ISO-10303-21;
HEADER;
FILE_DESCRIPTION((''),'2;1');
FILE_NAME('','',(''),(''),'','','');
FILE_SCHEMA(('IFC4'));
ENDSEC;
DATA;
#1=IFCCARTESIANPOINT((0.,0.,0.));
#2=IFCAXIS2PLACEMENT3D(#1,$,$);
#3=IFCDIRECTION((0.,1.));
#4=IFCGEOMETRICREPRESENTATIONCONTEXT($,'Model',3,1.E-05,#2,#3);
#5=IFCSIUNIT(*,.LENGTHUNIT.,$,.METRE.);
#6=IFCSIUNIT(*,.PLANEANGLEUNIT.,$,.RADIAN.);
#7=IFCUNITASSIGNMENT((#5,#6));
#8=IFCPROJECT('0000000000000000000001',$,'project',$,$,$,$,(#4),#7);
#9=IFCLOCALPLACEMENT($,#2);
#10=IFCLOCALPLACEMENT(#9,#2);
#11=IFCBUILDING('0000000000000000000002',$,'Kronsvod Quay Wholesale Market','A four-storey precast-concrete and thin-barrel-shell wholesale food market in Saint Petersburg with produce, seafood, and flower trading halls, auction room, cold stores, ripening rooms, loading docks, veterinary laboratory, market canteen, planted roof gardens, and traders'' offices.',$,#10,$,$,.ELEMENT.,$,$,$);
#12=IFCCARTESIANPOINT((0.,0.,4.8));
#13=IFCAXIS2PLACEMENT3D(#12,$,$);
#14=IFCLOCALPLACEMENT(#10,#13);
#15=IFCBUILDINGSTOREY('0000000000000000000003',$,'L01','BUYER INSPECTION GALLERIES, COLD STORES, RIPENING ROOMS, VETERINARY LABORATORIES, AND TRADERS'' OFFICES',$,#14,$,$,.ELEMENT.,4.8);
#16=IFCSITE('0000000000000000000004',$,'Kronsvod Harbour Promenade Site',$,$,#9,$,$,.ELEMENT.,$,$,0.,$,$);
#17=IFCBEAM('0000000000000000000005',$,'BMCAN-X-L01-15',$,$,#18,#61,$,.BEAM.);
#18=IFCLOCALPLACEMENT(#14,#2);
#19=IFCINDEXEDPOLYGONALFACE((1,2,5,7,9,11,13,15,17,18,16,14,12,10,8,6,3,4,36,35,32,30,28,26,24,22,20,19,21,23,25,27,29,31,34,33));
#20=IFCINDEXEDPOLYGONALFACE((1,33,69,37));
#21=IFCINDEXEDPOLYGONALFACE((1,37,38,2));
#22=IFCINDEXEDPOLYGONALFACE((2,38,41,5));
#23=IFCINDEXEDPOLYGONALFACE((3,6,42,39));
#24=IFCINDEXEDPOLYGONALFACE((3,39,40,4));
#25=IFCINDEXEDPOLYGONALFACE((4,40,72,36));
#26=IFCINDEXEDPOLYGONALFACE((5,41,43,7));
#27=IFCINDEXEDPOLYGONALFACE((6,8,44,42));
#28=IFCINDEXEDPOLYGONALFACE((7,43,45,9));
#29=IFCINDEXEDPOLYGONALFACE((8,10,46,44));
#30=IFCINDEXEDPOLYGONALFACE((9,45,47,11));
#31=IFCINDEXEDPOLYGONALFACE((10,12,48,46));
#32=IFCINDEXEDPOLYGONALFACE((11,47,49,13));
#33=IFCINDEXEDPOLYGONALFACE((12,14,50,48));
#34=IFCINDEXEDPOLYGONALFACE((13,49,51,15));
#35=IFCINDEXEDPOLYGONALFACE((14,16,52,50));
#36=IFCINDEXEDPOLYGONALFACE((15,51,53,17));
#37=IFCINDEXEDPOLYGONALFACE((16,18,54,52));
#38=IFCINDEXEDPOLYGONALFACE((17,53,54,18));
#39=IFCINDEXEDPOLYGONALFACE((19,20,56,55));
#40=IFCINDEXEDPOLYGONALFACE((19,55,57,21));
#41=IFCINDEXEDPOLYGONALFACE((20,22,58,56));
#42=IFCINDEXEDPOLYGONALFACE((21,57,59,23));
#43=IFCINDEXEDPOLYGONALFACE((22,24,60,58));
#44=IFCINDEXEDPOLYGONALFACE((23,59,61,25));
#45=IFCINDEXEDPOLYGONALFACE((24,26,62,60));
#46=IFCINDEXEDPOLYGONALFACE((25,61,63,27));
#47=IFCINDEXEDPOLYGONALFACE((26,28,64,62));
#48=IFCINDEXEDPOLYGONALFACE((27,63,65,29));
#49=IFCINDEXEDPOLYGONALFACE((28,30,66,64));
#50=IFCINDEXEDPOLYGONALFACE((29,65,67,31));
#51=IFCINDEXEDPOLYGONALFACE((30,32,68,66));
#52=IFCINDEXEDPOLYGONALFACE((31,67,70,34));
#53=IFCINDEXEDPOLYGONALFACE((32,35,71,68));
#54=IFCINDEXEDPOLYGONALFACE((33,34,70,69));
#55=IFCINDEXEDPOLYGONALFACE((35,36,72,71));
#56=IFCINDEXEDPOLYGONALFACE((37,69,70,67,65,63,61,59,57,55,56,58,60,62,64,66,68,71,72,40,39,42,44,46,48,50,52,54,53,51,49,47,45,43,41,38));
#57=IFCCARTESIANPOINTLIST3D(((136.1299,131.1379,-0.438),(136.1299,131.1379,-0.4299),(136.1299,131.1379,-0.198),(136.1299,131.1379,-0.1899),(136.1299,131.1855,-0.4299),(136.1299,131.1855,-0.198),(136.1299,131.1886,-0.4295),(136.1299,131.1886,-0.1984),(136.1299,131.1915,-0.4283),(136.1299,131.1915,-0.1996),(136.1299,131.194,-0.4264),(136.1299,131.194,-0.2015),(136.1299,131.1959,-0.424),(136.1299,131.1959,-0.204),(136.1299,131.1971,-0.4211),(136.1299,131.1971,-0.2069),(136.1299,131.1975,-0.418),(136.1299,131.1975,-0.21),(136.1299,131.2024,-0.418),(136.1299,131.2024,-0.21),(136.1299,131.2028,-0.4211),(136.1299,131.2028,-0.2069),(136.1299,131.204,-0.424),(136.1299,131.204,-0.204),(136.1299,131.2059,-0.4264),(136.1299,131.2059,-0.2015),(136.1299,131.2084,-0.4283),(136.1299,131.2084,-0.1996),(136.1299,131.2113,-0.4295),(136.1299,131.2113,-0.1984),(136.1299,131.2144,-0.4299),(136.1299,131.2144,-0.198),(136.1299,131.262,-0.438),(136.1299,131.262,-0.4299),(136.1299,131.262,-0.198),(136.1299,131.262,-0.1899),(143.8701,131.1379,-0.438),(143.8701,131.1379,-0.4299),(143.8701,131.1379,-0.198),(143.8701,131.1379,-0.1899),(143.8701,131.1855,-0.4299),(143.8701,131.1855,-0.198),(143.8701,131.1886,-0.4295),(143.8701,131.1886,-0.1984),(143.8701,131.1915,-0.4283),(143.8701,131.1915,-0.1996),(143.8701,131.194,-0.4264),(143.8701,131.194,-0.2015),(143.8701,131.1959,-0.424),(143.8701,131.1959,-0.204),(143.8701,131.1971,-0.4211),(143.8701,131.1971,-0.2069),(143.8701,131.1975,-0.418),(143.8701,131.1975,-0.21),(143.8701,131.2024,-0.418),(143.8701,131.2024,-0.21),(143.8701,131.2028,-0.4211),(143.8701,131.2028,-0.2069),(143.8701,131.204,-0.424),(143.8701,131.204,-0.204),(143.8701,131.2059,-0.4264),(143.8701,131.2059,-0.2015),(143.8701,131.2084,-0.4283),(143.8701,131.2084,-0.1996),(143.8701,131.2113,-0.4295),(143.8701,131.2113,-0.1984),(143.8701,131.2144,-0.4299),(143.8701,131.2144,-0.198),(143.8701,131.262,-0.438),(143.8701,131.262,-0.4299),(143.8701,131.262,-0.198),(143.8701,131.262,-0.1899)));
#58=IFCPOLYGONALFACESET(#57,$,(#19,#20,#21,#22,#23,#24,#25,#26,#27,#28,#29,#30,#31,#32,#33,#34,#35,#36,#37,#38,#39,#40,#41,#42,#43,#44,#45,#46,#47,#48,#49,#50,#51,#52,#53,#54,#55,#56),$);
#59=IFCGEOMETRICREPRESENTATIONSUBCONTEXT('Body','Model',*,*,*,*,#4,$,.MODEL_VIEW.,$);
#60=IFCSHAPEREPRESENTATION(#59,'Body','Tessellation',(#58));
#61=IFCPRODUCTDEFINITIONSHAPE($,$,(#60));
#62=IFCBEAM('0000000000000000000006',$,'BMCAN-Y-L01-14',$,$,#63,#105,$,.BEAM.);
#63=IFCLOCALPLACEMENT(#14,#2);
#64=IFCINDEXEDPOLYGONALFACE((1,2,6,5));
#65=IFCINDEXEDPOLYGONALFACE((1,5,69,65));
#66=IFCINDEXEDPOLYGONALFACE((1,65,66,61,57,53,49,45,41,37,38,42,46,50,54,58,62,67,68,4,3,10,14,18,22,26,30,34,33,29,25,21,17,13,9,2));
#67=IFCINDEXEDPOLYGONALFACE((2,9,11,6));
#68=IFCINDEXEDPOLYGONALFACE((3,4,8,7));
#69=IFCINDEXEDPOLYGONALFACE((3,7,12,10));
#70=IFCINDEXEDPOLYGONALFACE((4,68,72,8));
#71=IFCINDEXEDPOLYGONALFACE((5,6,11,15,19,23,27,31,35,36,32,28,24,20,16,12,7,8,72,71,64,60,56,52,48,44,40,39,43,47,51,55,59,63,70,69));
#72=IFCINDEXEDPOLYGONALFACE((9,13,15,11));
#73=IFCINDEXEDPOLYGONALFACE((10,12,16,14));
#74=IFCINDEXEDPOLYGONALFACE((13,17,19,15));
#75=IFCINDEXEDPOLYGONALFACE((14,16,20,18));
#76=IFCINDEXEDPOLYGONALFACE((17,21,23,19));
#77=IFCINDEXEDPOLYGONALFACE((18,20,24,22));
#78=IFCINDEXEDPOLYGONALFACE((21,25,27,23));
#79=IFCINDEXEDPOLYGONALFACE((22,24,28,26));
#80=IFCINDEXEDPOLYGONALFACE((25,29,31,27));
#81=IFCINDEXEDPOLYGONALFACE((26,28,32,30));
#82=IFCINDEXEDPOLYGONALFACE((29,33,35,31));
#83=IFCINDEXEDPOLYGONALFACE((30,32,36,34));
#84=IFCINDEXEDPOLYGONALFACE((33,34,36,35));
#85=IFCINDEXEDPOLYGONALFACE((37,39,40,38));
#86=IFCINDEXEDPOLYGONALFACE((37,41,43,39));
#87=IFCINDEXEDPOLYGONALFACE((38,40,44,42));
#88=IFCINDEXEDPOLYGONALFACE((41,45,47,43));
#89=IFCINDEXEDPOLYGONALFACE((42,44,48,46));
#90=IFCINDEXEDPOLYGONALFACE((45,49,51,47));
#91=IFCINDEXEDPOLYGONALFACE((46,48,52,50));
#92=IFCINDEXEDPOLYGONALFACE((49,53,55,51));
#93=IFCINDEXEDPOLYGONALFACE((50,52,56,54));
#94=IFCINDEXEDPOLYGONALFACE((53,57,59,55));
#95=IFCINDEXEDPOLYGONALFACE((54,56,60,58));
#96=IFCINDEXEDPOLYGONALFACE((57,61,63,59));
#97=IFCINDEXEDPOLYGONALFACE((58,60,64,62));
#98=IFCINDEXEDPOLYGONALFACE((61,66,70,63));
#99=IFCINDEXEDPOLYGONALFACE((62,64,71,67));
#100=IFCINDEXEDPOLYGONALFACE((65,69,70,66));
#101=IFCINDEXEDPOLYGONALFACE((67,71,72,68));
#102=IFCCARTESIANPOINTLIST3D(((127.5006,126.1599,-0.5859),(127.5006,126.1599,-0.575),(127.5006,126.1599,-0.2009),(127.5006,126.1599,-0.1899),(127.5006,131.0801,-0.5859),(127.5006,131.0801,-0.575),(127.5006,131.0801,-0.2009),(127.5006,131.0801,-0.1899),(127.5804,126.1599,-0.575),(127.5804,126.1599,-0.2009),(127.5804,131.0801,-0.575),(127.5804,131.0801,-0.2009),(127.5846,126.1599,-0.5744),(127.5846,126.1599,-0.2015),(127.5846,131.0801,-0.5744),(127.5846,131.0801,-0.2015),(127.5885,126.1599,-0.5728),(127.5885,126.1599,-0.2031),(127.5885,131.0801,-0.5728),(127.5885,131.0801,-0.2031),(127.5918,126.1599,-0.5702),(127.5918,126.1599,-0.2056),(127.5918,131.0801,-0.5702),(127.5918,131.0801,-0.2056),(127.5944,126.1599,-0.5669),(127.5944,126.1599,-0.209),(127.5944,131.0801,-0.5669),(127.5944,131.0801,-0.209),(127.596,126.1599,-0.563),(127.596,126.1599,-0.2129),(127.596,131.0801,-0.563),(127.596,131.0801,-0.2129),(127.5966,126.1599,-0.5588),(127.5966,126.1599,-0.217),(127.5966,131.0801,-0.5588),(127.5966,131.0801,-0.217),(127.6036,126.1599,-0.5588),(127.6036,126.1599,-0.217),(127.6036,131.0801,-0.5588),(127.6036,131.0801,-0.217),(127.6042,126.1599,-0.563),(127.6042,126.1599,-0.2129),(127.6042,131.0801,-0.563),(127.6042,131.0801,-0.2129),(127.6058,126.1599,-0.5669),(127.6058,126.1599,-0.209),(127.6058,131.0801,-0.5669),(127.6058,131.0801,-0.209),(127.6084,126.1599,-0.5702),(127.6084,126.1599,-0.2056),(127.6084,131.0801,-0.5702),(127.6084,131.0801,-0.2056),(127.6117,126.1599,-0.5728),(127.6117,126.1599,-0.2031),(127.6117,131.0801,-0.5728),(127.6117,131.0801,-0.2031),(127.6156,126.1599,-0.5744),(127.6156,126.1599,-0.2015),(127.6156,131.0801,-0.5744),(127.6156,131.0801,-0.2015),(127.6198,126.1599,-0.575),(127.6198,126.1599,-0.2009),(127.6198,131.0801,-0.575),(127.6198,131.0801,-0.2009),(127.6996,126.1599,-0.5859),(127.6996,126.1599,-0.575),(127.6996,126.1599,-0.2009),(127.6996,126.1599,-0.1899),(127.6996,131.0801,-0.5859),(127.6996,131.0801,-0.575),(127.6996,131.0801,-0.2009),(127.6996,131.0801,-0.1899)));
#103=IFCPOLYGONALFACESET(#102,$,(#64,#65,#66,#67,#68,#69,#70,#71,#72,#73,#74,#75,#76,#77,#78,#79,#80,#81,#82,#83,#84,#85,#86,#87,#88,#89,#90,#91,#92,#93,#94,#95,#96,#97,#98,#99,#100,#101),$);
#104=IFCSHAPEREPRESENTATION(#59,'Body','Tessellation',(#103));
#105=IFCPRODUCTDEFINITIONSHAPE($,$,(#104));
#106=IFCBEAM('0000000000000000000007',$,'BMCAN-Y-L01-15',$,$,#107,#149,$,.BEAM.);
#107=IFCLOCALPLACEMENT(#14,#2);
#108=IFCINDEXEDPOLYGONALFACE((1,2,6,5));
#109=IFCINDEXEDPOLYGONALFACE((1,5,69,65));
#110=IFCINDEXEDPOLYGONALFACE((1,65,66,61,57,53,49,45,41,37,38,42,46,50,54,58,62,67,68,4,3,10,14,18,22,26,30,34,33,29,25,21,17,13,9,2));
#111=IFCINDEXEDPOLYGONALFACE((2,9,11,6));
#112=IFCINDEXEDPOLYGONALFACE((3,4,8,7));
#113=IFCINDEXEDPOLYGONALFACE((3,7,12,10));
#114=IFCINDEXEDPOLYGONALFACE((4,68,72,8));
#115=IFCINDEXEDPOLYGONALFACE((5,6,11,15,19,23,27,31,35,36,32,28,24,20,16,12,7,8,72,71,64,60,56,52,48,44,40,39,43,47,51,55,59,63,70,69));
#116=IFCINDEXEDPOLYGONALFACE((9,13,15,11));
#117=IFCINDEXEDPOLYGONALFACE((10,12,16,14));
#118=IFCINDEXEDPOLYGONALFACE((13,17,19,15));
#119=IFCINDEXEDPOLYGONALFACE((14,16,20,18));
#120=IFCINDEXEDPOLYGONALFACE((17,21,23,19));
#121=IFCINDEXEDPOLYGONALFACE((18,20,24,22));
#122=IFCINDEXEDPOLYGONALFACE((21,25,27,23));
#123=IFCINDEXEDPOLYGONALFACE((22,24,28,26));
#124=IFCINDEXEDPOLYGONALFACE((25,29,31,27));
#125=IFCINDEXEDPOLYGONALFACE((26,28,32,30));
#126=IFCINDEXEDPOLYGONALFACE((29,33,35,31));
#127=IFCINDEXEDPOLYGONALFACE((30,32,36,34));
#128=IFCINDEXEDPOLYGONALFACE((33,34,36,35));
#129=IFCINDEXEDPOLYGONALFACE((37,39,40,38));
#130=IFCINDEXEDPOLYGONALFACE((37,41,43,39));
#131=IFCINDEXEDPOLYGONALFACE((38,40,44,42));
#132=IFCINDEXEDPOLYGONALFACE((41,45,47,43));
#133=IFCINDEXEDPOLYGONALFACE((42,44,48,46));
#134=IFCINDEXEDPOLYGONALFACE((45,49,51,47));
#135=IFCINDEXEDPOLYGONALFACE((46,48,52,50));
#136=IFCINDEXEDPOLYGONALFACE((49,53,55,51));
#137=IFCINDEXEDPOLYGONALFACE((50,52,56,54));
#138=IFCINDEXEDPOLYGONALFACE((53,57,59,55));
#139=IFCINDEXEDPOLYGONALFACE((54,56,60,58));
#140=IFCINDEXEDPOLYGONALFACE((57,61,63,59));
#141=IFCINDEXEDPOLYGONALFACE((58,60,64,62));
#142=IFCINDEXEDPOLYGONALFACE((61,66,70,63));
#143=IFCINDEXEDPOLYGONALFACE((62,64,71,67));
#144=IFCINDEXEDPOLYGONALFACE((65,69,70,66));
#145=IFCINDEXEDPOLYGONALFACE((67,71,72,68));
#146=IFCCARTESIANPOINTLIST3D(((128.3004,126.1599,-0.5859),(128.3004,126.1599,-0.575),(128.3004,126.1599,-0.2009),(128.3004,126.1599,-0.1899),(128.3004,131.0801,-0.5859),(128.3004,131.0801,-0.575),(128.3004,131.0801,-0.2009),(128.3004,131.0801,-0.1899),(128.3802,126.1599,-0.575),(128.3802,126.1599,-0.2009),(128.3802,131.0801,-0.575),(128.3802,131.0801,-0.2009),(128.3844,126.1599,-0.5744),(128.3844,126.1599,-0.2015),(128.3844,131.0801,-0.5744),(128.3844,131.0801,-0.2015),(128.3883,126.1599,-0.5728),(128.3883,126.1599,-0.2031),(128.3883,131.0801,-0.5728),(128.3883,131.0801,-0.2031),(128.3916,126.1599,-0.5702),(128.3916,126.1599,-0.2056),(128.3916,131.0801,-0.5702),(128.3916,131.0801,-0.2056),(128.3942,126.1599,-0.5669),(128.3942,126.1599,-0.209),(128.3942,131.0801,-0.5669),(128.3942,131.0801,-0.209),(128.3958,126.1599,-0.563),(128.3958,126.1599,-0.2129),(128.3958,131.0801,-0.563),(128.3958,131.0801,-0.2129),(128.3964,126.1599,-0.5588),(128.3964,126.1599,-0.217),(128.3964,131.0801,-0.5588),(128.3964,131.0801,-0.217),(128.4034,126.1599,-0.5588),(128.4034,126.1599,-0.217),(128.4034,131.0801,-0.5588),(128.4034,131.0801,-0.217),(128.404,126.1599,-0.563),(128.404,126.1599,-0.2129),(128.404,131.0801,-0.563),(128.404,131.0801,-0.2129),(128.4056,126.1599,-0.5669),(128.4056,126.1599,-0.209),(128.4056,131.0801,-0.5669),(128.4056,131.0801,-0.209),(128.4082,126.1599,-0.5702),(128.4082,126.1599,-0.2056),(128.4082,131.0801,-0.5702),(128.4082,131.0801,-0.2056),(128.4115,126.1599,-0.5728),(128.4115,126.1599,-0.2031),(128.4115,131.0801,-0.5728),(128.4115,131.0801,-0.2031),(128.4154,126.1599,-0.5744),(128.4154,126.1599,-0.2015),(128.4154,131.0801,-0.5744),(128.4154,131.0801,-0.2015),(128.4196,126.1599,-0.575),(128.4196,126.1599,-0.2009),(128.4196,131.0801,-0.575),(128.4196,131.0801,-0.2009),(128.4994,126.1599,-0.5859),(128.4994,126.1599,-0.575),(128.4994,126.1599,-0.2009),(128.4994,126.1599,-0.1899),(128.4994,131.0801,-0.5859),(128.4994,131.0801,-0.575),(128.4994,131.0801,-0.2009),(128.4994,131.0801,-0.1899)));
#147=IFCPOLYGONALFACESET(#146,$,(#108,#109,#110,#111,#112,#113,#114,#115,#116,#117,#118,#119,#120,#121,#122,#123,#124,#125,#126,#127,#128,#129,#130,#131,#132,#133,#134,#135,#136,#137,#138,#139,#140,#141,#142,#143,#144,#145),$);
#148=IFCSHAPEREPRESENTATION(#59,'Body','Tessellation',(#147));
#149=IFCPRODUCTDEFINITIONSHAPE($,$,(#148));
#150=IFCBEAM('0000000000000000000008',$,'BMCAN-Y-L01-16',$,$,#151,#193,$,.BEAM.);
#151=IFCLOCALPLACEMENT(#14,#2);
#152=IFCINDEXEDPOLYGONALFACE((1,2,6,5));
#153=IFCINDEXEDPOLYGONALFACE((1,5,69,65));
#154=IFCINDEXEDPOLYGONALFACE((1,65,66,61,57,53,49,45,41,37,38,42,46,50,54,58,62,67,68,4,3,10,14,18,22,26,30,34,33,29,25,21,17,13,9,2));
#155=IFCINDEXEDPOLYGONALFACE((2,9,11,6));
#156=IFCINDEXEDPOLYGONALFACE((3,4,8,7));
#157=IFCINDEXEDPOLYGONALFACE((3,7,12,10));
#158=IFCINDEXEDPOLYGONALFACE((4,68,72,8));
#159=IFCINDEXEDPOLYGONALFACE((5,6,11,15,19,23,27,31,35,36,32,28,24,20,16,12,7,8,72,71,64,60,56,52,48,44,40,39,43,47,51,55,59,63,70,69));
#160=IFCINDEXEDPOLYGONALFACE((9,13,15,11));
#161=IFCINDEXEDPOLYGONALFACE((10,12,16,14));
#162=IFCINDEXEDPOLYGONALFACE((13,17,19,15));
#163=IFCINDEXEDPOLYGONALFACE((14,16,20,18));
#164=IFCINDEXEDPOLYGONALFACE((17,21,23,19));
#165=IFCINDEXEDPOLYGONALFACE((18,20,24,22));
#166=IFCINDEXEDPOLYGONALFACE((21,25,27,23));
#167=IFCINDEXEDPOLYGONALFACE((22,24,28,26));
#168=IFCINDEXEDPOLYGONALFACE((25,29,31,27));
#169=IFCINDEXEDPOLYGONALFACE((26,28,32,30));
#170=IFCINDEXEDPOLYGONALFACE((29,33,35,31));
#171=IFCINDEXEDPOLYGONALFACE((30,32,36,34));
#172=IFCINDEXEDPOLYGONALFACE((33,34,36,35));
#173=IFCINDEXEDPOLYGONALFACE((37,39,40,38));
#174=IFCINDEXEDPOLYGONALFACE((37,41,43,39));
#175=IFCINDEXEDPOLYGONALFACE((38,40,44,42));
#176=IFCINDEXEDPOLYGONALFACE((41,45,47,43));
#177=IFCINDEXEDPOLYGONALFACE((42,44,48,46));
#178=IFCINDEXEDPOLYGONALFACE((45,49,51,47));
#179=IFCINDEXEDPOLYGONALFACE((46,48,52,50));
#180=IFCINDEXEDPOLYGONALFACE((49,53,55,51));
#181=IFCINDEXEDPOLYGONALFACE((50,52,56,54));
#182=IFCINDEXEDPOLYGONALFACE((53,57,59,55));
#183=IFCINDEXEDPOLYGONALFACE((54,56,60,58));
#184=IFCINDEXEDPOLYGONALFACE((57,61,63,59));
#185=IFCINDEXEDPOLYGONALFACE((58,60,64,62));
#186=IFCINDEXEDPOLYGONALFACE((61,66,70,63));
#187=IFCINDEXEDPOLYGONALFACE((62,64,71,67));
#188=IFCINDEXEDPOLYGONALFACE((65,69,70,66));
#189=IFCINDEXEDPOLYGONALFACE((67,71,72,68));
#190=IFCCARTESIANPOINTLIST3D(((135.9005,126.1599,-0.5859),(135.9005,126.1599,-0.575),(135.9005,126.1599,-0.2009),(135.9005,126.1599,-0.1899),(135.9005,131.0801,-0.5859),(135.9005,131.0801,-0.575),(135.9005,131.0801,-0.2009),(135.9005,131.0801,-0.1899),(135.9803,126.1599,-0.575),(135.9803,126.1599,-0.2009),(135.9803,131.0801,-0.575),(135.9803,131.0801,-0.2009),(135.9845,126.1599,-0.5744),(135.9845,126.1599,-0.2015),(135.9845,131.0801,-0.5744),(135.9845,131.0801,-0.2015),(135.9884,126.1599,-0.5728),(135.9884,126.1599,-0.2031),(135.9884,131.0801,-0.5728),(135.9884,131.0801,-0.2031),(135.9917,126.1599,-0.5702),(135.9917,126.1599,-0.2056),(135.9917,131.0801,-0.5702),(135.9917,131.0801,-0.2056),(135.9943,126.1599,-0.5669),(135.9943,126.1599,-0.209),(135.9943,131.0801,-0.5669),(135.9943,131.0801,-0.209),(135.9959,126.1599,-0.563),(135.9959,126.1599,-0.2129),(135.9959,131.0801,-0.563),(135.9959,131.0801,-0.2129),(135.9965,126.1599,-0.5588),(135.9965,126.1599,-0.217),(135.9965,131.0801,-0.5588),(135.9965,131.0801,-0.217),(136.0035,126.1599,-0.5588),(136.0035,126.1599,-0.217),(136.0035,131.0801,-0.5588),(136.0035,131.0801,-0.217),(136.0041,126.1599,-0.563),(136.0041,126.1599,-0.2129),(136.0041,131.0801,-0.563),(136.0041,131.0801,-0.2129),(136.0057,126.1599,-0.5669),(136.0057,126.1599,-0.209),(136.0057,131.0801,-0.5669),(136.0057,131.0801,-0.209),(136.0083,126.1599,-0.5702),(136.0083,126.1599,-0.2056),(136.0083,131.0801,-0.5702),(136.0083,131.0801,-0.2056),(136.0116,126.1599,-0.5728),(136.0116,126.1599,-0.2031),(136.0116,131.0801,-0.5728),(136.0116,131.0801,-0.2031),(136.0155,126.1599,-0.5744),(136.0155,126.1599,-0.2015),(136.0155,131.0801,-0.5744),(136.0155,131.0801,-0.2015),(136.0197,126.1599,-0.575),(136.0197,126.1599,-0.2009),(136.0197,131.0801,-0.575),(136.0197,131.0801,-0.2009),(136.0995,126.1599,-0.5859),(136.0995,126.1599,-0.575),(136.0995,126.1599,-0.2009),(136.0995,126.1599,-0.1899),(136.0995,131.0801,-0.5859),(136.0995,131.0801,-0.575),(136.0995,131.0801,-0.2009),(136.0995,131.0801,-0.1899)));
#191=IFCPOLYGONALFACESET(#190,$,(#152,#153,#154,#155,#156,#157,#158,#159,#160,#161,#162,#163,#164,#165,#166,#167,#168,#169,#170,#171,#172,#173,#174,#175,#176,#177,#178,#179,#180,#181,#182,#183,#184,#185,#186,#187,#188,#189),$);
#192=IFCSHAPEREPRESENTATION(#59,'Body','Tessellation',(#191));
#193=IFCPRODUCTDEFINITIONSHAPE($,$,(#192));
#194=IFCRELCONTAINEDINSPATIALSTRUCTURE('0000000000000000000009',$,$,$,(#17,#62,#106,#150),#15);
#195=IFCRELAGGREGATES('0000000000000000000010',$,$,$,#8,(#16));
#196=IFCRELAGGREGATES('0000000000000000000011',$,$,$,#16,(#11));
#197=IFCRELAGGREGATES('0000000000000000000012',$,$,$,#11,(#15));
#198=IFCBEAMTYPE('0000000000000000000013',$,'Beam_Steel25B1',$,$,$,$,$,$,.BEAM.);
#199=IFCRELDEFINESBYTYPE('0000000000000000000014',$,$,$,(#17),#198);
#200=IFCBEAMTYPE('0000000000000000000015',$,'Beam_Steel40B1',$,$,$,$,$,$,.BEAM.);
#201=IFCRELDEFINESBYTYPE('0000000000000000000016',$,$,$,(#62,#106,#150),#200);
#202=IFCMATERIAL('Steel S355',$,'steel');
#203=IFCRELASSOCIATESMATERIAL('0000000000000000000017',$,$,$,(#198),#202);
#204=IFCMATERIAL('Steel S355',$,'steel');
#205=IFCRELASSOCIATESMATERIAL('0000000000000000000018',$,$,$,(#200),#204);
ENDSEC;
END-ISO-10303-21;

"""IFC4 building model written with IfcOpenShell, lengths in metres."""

from ifc_helpers import new_model, si_unit, direction, frame, origin, origin_2d, place, context, subcontext, project, spatial, i_section, extrude, material, material_profile, profile_set, type_object, element, save


model = new_model("IFC4")

# Units and contexts
model_context = context("Model", 3, precision=1e-05, world=origin(), true_north=direction((0.0, 1.0)))
body_context = subcontext(model_context, "Body", "Model", "MODEL_VIEW")
ifc_project = project(units=[si_unit("LENGTHUNIT", "METRE"), si_unit("PLANEANGLEUNIT", "RADIAN")], contexts=[model_context])

# Site, building, storey
site_placement = place(None, origin())
site = spatial("IfcSite", under=ifc_project, at=site_placement, Name="Kronsvod Harbour Promenade Site", CompositionType="ELEMENT", RefElevation=0.0)
building_placement = place(site_placement, origin())
building = spatial("IfcBuilding", under=site, at=building_placement, Name="Kronsvod Quay Wholesale Market", Description="A four-storey precast-concrete and thin-barrel-shell wholesale food market in Saint Petersburg with produce, seafood, and flower trading halls, auction room, cold stores, ripening rooms, loading docks, veterinary laboratory, market canteen, planted roof gardens, and traders' offices.", CompositionType="ELEMENT")
storey_placement = place(building_placement, frame((0.0, 0.0, 4.8)))
storey = spatial("IfcBuildingStorey", under=building, at=storey_placement, Name="L01", Description="BUYER INSPECTION GALLERIES, COLD STORES, RIPENING ROOMS, VETERINARY LABORATORIES, AND TRADERS' OFFICES", CompositionType="ELEMENT", Elevation=4.8)

# Beams
ifc_material_1 = material(Name="Steel S355", Category="steel")
ifc_material_profile_1 = material_profile(ifc_material_1, i_section(OverallWidth=0.124, OverallDepth=0.248, WebThickness=0.0049, FlangeThickness=0.0081, FilletRadius=0.012, at=origin_2d()), Name="25B1")
ifc_profile_set_1 = profile_set([ifc_material_profile_1], Name="Steel S355")
beam_type_1 = type_object("IfcBeamType", Name="Beam_Steel25B1", PredefinedType="BEAM", material=ifc_profile_set_1)
beam_1_placement = place(storey_placement, frame((136.1299, 131.2, -0.314), z_axis=(1.0, 0.0, 0.0), x_axis=(0.0, 1.0, 0.0)))
element("IfcBeam", 1, at=beam_1_placement, inside=storey, type_object=beam_type_1, Name="BMCAN-X-L01-15", PredefinedType="BEAM", context=body_context, shape_type="SweptSolid", body=[
    extrude(i_section(OverallWidth=0.124, OverallDepth=0.248, WebThickness=0.0049, FlangeThickness=0.0081, FilletRadius=0.012, at=origin_2d()), origin(), (0.0, 0.0, 1.0), 7.7402),
])
ifc_material_2 = material(Name="Steel S355", Category="steel")
ifc_material_profile_2 = material_profile(ifc_material_2, i_section(OverallWidth=0.199, OverallDepth=0.396, WebThickness=0.0071, FlangeThickness=0.011, FilletRadius=0.0161, at=origin_2d()), Name="40B1")
ifc_profile_set_2 = profile_set([ifc_material_profile_2], Name="Steel S355")
beam_type_2 = type_object("IfcBeamType", Name="Beam_Steel40B1", PredefinedType="BEAM", material=ifc_profile_set_2)
for number, where, z_axis, x_axis, name in (
    (2, (127.6001, 126.1599, -0.3879), (0.0, 1.0, 0.0), (-1.0, 0.0, 0.0), "BMCAN-Y-L01-14"),
    (3, (128.3999, 126.1599, -0.3879), (0.0, 1.0, 0.0), (-1.0, 0.0, 0.0), "BMCAN-Y-L01-15"),
    (4, (136.0, 126.1599, -0.3879), (0.0, 1.0, 0.0), (-1.0, 0.0, 0.0), "BMCAN-Y-L01-16"),
):
    element("IfcBeam", number, at=place(storey_placement, frame(where, z_axis=z_axis, x_axis=x_axis)), inside=storey, type_object=beam_type_2, Name=name, PredefinedType="BEAM", context=body_context, shape_type="SweptSolid", body=[
        extrude(i_section(OverallWidth=0.199, OverallDepth=0.396, WebThickness=0.0071, FlangeThickness=0.011, FilletRadius=0.0161, at=origin_2d()), origin(), (0.0, 0.0, 1.0), 4.9202),
    ])

save(model, "model.ifc")
